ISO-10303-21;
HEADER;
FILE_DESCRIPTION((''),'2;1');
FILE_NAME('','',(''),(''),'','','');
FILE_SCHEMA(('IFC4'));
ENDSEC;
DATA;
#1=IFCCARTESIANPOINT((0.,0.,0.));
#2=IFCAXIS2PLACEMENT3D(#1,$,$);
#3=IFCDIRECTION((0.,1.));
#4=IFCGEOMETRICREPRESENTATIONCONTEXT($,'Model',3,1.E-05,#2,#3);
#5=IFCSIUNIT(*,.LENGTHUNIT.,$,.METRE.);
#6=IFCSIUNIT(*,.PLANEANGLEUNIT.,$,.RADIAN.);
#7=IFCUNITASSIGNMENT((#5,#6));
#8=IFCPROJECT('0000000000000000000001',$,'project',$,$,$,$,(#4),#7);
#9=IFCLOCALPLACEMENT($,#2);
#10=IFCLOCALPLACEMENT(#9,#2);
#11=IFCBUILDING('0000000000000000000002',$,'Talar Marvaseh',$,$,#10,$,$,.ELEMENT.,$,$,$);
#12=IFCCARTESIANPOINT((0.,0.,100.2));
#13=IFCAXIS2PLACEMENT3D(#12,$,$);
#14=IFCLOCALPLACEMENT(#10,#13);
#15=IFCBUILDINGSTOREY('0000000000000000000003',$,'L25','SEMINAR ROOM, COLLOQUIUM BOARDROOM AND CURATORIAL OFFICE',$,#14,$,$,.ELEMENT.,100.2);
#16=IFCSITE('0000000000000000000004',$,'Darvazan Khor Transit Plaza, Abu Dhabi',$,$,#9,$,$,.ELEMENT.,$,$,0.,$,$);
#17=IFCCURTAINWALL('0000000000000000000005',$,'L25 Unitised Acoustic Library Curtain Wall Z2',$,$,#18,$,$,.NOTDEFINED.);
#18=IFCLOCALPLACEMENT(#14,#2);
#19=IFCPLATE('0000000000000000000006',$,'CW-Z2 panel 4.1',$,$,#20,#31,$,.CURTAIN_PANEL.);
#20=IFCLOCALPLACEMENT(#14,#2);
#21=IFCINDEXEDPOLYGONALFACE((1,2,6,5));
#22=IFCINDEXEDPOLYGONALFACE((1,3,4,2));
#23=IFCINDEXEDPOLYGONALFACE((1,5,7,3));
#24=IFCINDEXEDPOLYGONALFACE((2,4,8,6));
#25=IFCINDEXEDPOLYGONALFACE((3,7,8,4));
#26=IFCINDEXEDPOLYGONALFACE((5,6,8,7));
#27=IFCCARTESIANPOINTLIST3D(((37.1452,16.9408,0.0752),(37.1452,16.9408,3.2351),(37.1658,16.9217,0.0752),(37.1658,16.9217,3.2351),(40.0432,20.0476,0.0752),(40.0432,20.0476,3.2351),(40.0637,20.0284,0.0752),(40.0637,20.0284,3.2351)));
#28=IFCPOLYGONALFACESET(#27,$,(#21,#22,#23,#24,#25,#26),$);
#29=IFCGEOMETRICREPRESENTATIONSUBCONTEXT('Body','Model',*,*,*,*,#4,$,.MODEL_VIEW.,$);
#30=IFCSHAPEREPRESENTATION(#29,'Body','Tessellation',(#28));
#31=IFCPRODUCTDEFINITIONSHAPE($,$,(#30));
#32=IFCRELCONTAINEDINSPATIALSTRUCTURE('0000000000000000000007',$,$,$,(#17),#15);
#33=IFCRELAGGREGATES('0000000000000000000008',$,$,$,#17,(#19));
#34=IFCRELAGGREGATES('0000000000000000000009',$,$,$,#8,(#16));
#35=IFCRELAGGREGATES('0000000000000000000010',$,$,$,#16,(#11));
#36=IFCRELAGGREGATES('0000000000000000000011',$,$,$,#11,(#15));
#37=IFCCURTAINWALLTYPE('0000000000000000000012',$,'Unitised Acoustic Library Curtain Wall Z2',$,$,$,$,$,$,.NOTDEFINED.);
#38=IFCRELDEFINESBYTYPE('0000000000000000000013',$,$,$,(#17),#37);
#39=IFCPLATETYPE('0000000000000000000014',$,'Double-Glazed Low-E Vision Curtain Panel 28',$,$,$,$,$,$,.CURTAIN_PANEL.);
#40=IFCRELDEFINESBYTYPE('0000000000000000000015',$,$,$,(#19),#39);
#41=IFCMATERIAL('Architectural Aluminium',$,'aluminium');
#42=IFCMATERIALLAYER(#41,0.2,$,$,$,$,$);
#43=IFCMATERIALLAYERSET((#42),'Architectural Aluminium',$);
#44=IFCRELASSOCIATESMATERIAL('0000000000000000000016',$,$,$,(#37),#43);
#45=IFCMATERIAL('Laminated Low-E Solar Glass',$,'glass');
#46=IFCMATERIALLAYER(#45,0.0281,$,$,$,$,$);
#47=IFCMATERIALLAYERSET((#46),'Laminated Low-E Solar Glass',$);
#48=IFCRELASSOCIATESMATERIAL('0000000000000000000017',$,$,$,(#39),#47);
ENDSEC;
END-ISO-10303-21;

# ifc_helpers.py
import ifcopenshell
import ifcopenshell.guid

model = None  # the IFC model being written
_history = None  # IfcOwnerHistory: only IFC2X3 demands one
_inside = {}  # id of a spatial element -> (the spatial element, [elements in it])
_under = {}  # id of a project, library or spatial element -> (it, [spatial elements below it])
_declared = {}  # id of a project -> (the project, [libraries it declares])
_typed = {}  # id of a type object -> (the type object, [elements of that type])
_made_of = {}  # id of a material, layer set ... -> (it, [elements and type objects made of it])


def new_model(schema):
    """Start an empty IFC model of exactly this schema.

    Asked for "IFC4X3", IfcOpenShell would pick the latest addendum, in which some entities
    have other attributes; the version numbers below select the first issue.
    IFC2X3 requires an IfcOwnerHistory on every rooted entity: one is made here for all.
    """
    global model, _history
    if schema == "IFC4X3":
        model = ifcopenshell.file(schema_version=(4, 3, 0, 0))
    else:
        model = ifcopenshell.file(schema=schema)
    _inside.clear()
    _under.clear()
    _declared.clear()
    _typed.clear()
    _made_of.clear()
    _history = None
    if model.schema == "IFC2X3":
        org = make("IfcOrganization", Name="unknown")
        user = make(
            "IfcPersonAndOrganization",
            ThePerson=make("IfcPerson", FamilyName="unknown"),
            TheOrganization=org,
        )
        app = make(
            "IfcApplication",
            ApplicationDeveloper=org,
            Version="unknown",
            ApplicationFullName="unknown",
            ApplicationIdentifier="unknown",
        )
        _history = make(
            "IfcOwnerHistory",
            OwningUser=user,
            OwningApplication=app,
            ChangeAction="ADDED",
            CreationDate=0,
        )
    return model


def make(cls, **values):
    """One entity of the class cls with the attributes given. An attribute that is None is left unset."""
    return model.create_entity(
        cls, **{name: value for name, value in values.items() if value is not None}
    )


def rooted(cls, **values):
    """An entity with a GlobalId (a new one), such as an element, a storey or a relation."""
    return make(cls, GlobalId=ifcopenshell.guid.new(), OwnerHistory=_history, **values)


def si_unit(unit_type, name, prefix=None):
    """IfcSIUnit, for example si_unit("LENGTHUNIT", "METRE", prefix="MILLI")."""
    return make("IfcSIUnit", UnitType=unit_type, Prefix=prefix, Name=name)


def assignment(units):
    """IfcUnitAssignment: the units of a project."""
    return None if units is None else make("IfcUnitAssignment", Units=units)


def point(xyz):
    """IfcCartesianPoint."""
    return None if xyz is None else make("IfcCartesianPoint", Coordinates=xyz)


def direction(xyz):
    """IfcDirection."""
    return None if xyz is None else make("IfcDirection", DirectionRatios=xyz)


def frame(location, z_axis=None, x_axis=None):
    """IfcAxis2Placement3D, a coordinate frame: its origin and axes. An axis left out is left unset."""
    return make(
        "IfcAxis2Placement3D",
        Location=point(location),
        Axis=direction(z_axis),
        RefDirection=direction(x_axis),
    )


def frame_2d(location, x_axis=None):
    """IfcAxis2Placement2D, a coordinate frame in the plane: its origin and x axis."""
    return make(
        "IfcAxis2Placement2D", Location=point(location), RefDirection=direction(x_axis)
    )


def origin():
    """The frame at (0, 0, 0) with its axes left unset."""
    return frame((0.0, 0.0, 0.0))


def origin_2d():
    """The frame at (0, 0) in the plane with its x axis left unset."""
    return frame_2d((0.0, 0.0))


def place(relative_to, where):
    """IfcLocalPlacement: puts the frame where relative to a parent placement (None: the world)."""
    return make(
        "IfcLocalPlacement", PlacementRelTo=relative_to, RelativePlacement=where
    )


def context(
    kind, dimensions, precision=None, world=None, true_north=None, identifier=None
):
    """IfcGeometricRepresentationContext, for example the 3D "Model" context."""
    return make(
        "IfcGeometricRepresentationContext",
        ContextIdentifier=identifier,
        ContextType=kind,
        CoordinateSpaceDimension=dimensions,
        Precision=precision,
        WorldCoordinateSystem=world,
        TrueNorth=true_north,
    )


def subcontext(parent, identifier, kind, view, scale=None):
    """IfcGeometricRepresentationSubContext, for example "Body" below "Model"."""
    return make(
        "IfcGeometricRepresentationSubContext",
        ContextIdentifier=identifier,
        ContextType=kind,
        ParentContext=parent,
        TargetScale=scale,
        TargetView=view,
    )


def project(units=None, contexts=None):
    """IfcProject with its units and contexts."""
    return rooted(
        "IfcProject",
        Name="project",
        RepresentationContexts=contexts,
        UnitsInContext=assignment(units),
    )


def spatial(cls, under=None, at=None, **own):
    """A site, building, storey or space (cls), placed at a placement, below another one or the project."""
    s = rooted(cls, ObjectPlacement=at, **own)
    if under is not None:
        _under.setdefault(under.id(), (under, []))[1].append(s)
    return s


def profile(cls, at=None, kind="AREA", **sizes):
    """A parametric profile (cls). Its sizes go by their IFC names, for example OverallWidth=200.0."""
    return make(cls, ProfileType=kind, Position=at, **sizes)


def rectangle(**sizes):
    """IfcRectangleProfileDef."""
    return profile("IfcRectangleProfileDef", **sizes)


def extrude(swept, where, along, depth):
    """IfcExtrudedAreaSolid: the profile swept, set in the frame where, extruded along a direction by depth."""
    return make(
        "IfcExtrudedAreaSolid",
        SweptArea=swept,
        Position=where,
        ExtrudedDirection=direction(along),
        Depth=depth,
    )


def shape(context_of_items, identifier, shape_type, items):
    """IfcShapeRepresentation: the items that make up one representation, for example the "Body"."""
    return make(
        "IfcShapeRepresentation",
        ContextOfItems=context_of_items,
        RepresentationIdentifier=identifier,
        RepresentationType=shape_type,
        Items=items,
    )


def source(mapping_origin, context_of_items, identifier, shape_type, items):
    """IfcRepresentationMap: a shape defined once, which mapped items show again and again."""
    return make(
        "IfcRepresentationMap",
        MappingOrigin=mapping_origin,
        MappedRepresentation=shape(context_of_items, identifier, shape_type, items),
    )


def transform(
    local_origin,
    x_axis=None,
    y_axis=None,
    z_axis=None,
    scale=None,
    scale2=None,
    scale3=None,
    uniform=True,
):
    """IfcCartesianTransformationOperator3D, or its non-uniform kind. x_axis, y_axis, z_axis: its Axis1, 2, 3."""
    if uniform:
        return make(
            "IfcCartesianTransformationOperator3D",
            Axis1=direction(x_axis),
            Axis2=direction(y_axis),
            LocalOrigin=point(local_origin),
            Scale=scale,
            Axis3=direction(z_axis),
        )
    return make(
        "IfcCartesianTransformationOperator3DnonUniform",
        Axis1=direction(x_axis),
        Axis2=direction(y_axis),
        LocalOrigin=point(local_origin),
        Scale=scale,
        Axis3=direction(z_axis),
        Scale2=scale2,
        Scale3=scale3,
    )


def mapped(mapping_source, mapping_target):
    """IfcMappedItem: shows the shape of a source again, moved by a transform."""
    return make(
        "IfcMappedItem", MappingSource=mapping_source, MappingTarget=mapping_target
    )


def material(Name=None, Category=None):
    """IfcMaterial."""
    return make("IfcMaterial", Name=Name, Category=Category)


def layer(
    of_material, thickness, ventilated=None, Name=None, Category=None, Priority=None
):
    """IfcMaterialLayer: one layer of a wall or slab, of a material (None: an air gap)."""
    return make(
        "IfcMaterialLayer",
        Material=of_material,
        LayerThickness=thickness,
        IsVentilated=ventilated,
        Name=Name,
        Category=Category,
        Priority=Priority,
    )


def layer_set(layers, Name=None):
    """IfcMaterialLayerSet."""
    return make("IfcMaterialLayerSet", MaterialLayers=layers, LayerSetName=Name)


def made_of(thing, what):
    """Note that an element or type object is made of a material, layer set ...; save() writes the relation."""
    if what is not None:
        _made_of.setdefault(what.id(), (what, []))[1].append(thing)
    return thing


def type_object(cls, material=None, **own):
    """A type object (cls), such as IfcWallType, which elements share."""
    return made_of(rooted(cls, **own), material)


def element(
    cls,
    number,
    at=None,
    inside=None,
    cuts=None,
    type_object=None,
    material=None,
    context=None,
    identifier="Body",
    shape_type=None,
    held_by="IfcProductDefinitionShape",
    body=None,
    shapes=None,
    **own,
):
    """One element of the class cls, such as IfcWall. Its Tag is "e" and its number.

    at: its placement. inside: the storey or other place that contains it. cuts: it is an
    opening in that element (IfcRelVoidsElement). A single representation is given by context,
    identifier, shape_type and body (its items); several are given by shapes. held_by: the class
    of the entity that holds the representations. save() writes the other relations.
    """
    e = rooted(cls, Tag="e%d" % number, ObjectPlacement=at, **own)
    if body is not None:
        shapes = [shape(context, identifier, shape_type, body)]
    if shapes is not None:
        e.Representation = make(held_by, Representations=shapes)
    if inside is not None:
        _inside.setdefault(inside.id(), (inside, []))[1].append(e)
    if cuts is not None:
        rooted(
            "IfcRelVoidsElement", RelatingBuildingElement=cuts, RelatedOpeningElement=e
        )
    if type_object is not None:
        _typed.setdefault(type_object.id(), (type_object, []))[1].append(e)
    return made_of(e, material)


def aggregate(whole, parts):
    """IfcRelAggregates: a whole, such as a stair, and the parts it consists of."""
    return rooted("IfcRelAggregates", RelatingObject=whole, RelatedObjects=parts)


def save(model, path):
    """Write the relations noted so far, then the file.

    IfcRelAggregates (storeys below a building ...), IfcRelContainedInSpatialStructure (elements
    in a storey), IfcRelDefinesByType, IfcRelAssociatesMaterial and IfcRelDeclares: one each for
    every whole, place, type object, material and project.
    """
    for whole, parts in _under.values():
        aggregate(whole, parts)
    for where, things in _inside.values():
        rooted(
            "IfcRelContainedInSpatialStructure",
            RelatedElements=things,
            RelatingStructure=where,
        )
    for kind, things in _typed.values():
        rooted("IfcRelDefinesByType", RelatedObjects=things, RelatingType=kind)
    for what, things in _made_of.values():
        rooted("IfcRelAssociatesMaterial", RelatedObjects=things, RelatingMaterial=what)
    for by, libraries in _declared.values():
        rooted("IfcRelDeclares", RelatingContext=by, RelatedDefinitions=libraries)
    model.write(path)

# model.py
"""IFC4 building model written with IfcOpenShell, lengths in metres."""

from ifc_helpers import new_model, si_unit, direction, frame, origin, origin_2d, place, context, subcontext, project, spatial, rectangle, extrude, source, transform, mapped, material, layer, layer_set, type_object, element, aggregate, save


model = new_model("IFC4")

# Units and contexts
model_context = context("Model", 3, precision=1e-05, world=origin(), true_north=direction((0.0, 1.0)))
body_context = subcontext(model_context, "Body", "Model", "MODEL_VIEW")
ifc_project = project(units=[si_unit("LENGTHUNIT", "METRE"), si_unit("PLANEANGLEUNIT", "RADIAN")], contexts=[model_context])

# Site, building, storey
site_placement = place(None, origin())
site = spatial("IfcSite", under=ifc_project, at=site_placement, Name="Darvazan Khor Transit Plaza, Abu Dhabi", CompositionType="ELEMENT", RefElevation=0.0)
building_placement = place(site_placement, origin())
building = spatial("IfcBuilding", under=site, at=building_placement, Name="Talar Marvaseh", CompositionType="ELEMENT")
storey_placement = place(building_placement, frame((0.0, 0.0, 100.2)))
storey = spatial("IfcBuildingStorey", under=building, at=storey_placement, Name="L25", Description="SEMINAR ROOM, COLLOQUIUM BOARDROOM AND CURATORIAL OFFICE", CompositionType="ELEMENT", Elevation=100.2)

# Curtain wall, plate
ifc_material_1 = material(Name="Architectural Aluminium", Category="aluminium")
ifc_layer_1 = layer(ifc_material_1, 0.2)
ifc_layer_set_1 = layer_set([ifc_layer_1], Name="Architectural Aluminium")
curtain_wall_type = type_object("IfcCurtainWallType", Name="Unitised Acoustic Library Curtain Wall Z2", PredefinedType="NOTDEFINED", material=ifc_layer_set_1)
curtain_wall_placement = place(storey_placement, origin())
curtain_wall = element("IfcCurtainWall", 1, at=curtain_wall_placement, inside=storey, type_object=curtain_wall_type, Name="L25 Unitised Acoustic Library Curtain Wall Z2", PredefinedType="NOTDEFINED")
ifc_material_2 = material(Name="Laminated Low-E Solar Glass", Category="glass")
ifc_layer_2 = layer(ifc_material_2, 0.0281)
ifc_layer_set_2 = layer_set([ifc_layer_2], Name="Laminated Low-E Solar Glass")
plate_type = type_object("IfcPlateType", Name="Double-Glazed Low-E Vision Curtain Panel 28", PredefinedType="CURTAIN_PANEL", material=ifc_layer_set_2)
shared_shape_1 = source(origin(), body_context, "Body", "SweptSolid", [
    extrude(rectangle(XDim=4.2485, YDim=0.0281, at=origin_2d()), origin(), (0.0, 0.0, 1.0), 3.1599),
])
plate_1_placement = place(storey_placement, frame((38.6045, 18.4846, 0.0752), z_axis=(0.0, 0.0, 1.0), x_axis=(-0.68211, -0.73125, 0.0)))
plate_1 = element("IfcPlate", 2, at=plate_1_placement, type_object=plate_type, Name="CW-Z2 panel 4.1", PredefinedType="CURTAIN_PANEL", context=body_context, shape_type="MappedRepresentation", body=[
    mapped(shared_shape_1, transform((0.0, 0.0, 0.0), x_axis=(1.0, 0.0, 0.0), y_axis=(0.0, 1.0, 0.0), z_axis=(0.0, 0.0, 1.0), scale=1.0)),
])
aggregate(curtain_wall, [plate_1])

save(model, "model.ifc")
